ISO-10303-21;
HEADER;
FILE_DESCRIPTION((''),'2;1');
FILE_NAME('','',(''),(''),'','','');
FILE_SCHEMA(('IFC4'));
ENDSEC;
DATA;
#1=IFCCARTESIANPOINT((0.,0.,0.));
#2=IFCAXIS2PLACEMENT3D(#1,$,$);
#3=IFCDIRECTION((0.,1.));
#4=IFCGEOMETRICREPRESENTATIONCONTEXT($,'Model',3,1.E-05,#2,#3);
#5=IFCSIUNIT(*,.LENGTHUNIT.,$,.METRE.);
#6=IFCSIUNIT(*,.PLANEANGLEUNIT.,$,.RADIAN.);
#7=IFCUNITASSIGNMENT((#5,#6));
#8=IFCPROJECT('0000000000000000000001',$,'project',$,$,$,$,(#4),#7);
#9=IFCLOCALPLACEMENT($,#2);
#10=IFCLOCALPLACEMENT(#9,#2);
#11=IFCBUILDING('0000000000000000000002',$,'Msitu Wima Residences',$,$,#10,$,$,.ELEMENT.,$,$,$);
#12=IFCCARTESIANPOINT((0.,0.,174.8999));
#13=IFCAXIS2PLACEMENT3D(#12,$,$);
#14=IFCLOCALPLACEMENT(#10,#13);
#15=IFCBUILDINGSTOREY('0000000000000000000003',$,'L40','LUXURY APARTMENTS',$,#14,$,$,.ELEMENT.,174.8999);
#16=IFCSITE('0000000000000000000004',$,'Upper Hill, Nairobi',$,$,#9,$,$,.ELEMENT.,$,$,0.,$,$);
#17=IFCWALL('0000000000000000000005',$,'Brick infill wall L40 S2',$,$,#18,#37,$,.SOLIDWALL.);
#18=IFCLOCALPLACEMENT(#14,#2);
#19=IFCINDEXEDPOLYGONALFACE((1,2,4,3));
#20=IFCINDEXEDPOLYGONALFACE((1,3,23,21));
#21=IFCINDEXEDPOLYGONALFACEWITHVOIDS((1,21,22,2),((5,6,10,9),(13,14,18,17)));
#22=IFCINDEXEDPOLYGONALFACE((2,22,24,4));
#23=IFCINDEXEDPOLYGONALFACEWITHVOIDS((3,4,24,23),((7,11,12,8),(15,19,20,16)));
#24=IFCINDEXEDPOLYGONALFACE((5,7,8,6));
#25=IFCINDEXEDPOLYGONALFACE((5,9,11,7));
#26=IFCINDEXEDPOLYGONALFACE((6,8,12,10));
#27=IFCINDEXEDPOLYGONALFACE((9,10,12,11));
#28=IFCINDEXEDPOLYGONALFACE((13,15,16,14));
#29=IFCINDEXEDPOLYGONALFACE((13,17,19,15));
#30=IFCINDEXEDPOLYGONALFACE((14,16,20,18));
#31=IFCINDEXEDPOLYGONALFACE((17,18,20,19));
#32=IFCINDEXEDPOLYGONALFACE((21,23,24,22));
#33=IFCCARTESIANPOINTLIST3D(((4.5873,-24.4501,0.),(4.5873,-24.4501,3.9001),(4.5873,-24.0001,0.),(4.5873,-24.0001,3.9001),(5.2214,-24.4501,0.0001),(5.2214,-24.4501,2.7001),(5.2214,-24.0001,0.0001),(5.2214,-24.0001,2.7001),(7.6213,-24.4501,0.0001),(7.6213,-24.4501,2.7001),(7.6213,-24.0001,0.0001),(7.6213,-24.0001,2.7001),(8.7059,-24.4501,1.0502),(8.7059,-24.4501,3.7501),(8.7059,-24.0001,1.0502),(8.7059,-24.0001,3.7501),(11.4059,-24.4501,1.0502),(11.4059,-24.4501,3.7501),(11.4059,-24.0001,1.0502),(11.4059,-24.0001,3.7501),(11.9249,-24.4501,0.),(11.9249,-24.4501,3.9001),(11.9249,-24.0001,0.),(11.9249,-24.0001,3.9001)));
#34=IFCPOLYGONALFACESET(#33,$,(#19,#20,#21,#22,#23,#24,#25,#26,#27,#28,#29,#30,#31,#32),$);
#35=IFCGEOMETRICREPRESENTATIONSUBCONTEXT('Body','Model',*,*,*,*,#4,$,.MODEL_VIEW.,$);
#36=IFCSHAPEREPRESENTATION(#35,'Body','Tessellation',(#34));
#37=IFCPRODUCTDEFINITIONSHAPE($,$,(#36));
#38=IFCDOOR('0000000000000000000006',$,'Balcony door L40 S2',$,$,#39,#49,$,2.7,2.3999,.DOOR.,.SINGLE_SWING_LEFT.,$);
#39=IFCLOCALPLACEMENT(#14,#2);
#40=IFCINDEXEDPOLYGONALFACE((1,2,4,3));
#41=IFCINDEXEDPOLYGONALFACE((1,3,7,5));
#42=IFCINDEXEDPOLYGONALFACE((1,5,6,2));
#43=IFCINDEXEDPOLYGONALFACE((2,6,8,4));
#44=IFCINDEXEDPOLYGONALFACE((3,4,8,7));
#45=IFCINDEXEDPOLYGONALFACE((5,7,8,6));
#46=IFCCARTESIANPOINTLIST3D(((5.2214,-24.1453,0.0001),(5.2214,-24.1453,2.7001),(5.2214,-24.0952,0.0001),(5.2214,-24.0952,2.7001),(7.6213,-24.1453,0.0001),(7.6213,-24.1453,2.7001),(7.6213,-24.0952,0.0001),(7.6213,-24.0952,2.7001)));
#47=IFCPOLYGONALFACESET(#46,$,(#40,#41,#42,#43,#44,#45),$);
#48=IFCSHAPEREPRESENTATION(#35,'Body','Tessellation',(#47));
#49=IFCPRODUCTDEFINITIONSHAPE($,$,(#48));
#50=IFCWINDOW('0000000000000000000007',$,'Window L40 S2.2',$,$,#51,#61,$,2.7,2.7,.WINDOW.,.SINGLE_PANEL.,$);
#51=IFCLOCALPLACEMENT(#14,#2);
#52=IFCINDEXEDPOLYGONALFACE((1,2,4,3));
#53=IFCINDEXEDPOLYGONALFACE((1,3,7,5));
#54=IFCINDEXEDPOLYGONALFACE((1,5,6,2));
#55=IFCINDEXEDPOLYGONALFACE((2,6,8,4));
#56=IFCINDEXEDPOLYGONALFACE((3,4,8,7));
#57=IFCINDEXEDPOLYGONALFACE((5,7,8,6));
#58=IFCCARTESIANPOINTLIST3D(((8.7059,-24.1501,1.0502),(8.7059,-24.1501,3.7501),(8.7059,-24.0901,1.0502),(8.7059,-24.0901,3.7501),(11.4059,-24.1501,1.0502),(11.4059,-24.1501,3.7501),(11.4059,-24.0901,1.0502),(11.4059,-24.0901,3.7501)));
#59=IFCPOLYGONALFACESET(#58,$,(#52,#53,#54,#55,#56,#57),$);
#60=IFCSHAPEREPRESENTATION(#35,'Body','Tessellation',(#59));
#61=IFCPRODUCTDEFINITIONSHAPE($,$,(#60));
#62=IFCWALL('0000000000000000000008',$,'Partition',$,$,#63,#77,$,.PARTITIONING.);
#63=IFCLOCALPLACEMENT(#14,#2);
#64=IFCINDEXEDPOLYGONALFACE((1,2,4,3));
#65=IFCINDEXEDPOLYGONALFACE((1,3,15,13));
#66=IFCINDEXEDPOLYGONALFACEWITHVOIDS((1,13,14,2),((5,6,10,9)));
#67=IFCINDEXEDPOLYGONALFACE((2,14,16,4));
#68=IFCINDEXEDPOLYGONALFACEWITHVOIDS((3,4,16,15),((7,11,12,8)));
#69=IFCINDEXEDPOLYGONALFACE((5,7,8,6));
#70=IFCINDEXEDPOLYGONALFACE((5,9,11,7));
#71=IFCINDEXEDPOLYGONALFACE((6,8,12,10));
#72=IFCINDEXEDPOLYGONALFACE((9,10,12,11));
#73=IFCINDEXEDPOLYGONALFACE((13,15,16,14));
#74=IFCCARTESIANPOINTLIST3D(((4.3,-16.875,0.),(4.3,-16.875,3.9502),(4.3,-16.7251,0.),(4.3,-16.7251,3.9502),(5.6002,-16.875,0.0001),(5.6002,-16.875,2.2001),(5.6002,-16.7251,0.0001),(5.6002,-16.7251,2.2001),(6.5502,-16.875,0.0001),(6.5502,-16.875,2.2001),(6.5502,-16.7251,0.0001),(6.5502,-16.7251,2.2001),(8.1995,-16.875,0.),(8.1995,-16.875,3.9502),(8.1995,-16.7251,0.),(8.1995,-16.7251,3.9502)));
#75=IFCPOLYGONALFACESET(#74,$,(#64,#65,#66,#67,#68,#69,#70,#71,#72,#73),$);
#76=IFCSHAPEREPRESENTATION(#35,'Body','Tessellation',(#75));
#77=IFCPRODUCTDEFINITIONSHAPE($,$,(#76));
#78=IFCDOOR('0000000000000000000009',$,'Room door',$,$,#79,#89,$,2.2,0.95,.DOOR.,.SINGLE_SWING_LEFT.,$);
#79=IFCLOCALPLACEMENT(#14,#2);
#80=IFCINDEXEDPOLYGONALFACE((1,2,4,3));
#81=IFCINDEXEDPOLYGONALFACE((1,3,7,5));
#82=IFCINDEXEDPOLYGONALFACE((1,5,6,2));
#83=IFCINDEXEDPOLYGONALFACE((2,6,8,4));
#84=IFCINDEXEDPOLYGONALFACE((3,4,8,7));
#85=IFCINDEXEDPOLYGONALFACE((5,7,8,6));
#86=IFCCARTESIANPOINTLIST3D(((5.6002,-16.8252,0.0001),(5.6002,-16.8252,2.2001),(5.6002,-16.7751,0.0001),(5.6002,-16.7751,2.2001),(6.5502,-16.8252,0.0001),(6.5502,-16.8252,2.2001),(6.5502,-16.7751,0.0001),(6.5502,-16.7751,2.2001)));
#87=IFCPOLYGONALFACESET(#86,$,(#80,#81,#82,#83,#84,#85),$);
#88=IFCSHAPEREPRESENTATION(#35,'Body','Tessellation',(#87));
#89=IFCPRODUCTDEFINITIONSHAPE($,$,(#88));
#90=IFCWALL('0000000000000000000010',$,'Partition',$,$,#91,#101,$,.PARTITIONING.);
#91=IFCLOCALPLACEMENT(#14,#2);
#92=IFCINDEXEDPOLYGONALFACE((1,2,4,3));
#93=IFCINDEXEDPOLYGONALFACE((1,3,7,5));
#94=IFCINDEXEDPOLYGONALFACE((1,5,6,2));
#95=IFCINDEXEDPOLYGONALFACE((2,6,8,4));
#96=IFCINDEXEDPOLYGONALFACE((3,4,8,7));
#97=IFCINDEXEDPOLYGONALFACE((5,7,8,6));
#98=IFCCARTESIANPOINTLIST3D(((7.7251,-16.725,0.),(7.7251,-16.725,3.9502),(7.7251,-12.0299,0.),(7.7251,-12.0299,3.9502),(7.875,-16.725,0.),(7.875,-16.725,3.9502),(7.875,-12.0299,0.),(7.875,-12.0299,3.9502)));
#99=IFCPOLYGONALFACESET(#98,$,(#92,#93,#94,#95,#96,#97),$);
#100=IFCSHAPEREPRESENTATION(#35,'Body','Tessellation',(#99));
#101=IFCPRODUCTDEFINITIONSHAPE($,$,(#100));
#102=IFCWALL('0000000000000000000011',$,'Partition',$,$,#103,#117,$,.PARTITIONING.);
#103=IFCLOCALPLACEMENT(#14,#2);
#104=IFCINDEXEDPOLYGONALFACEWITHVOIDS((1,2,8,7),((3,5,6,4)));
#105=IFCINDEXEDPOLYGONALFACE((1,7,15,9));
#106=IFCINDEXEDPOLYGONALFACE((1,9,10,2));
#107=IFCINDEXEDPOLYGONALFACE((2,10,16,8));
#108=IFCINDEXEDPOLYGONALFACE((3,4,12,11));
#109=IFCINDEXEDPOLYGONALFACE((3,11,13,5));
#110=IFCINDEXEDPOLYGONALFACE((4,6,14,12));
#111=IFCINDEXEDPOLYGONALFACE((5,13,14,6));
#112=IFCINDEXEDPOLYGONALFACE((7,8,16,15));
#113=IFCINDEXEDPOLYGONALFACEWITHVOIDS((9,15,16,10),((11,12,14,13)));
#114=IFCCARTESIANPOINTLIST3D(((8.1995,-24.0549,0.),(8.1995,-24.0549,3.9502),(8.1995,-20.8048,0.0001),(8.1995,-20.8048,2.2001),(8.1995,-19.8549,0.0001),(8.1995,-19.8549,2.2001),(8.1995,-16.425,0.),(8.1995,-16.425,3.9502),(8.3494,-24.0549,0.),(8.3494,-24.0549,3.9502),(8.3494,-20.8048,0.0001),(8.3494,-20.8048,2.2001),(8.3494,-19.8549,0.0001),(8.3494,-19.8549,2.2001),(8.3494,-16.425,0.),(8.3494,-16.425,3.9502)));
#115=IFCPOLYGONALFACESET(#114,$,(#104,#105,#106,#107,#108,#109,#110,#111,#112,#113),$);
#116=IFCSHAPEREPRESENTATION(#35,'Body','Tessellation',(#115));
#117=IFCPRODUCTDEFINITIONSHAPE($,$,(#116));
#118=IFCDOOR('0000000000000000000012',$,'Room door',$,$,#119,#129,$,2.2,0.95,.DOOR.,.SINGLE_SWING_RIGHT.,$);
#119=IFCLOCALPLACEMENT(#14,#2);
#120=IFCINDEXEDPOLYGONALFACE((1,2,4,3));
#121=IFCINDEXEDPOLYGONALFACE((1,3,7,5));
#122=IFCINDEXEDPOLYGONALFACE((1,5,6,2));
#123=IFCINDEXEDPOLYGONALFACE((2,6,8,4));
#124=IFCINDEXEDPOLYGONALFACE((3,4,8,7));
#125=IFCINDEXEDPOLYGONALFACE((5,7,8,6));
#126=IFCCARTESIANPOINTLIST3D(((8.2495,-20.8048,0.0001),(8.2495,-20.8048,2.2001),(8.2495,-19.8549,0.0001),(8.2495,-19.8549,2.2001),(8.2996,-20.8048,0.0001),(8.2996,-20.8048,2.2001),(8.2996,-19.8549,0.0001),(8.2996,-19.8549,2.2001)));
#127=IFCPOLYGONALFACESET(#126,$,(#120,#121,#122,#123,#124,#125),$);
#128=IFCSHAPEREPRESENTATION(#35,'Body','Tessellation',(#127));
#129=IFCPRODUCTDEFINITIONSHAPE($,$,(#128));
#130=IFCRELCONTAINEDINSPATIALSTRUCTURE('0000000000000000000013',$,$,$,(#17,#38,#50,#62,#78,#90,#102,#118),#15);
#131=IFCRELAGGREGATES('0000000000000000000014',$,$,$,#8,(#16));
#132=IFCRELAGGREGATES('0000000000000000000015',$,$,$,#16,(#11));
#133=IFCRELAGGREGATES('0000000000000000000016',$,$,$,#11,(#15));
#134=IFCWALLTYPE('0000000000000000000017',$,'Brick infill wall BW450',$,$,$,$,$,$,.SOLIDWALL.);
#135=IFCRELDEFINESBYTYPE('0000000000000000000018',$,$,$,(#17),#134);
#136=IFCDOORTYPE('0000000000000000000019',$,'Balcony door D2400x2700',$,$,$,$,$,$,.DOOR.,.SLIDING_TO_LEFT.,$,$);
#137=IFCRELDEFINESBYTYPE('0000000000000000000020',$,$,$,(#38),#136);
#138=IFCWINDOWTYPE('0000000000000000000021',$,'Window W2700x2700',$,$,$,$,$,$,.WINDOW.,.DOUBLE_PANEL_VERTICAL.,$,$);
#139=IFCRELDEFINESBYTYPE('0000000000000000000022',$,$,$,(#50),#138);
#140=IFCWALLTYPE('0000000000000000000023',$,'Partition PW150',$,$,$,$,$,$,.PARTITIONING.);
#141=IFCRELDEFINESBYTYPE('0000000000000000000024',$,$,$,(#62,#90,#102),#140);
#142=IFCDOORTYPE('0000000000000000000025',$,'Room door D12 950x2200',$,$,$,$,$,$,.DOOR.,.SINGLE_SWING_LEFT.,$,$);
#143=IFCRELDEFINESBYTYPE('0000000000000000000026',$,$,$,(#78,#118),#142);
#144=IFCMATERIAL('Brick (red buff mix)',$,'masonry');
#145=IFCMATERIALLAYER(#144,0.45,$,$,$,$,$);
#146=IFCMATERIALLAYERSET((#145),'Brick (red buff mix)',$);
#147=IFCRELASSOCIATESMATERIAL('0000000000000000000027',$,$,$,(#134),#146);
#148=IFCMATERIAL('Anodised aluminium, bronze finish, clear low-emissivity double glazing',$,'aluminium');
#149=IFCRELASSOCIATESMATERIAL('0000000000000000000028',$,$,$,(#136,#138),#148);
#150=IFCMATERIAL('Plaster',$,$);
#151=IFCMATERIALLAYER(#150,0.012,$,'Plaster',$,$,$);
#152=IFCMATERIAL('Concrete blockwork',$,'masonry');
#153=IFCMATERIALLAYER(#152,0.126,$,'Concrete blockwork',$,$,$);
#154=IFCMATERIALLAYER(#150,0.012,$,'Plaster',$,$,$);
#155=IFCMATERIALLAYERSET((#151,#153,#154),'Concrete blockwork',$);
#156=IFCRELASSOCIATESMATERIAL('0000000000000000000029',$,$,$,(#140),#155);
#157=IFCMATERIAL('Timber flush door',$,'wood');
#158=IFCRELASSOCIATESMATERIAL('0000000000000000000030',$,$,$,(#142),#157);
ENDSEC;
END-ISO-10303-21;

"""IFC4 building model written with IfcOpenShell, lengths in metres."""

from ifc_helpers import new_model, si_unit, direction, frame, frame_2d, origin, place, context, subcontext, project, spatial, rectangle, extrude, material, layer, layer_set, type_object, element, fill, save


model = new_model("IFC4")

# Units and contexts
model_context = context("Model", 3, precision=1e-05, world=origin(), true_north=direction((0.0, 1.0)))
body_context = subcontext(model_context, "Body", "Model", "MODEL_VIEW")
ifc_project = project(units=[si_unit("LENGTHUNIT", "METRE"), si_unit("PLANEANGLEUNIT", "RADIAN")], contexts=[model_context])

# Site, building, storey
site_placement = place(None, origin())
site = spatial("IfcSite", under=ifc_project, at=site_placement, Name="Upper Hill, Nairobi", CompositionType="ELEMENT", RefElevation=0.0)
building_placement = place(site_placement, origin())
building = spatial("IfcBuilding", under=site, at=building_placement, Name="Msitu Wima Residences", CompositionType="ELEMENT")
storey_placement = place(building_placement, frame((0.0, 0.0, 174.8999)))
storey = spatial("IfcBuildingStorey", under=building, at=storey_placement, Name="L40", Description="LUXURY APARTMENTS", CompositionType="ELEMENT", Elevation=174.8999)

# Wall, openings, door, window
ifc_material_1 = material(Name="Brick (red buff mix)", Category="masonry")
ifc_layer_1 = layer(ifc_material_1, 0.45)
ifc_layer_set_1 = layer_set([ifc_layer_1], Name="Brick (red buff mix)")
wall_type_1 = type_object("IfcWallType", Name="Brick infill wall BW450", PredefinedType="SOLIDWALL", material=ifc_layer_set_1)
wall_1_placement = place(storey_placement, frame((4.5872, -24.2251, 0.0), z_axis=(0.0, 0.0, 1.0), x_axis=(1.0, 0.0, 0.0)))
wall_1 = element("IfcWall", 1, at=wall_1_placement, inside=storey, type_object=wall_type_1, Name="Brick infill wall L40 S2", PredefinedType="SOLIDWALL", context=body_context, shape_type="SweptSolid", body=[
    extrude(rectangle(XDim=7.3376, YDim=0.45, at=frame_2d((3.6689, 0.0))), origin(), (0.0, 0.0, 1.0), 3.9001),
])
opening_1_placement = place(wall_1_placement, frame((0.6343, 0.0, 0.0)))
opening_1 = element("IfcOpeningElement", 2, at=opening_1_placement, cuts=wall_1, PredefinedType="OPENING", context=body_context, shape_type="SweptSolid", body=[
    extrude(rectangle(XDim=2.3999, YDim=2.7, at=frame_2d((1.2, 1.3501))), frame((0.0, 0.2349, 0.0), z_axis=(0.0, -1.0, 0.0), x_axis=(1.0, 0.0, 0.0)), (0.0, 0.0, 1.0), 0.47),
])
opening_2_placement = place(wall_1_placement, frame((4.1187, 0.0, 1.05)))
opening_2 = element("IfcOpeningElement", 3, at=opening_2_placement, cuts=wall_1, PredefinedType="OPENING", context=body_context, shape_type="SweptSolid", body=[
    extrude(rectangle(XDim=2.7, YDim=2.7, at=frame_2d((1.3501, 1.3501))), frame((0.0, 0.2349, 0.0), z_axis=(0.0, -1.0, 0.0), x_axis=(1.0, 0.0, 0.0)), (0.0, 0.0, 1.0), 0.47),
])
ifc_material_2 = material(Name="Anodised aluminium, bronze finish, clear low-emissivity double glazing", Category="aluminium")
door_type_1 = type_object("IfcDoorType", Name="Balcony door D2400x2700", OperationType="SLIDING_TO_LEFT", PredefinedType="DOOR", material=ifc_material_2)
door_1_placement = place(opening_1_placement, origin())
door_1 = element("IfcDoor", 4, at=door_1_placement, inside=storey, type_object=door_type_1, Name="Balcony door L40 S2", OperationType="SINGLE_SWING_LEFT", OverallHeight=2.7, OverallWidth=2.3999, PredefinedType="DOOR", context=body_context, shape_type="SweptSolid", body=[
    extrude(rectangle(XDim=2.3999, YDim=2.7, at=frame_2d((1.2, 1.3501))), frame((0.0, 0.1299, 0.0), z_axis=(0.0, -1.0, 0.0), x_axis=(1.0, 0.0, 0.0)), (0.0, 0.0, 1.0), 0.05),
])
fill(opening_1, door_1)
window_type = type_object("IfcWindowType", Name="Window W2700x2700", PartitioningType="DOUBLE_PANEL_VERTICAL", PredefinedType="WINDOW", material=ifc_material_2)
window_placement = place(opening_2_placement, origin())
window = element("IfcWindow", 5, at=window_placement, inside=storey, type_object=window_type, Name="Window L40 S2.2", OverallHeight=2.7, OverallWidth=2.7, PartitioningType="SINGLE_PANEL", PredefinedType="WINDOW", context=body_context, shape_type="SweptSolid", body=[
    extrude(rectangle(XDim=2.7, YDim=2.7, at=frame_2d((1.3501, 1.3501))), frame((0.0, 0.135, 0.0), z_axis=(0.0, -1.0, 0.0), x_axis=(1.0, 0.0, 0.0)), (0.0, 0.0, 1.0), 0.0601),
])
fill(opening_2, window)

# Wall, opening, door
ifc_material_3 = material(Name="Plaster")
ifc_layer_2 = layer(ifc_material_3, 0.012, Name="Plaster")
ifc_material_4 = material(Name="Concrete blockwork", Category="masonry")
ifc_layer_3 = layer(ifc_material_4, 0.126, Name="Concrete blockwork")
ifc_layer_4 = layer(ifc_material_3, 0.012, Name="Plaster")
ifc_layer_set_2 = layer_set([ifc_layer_2, ifc_layer_3, ifc_layer_4], Name="Concrete blockwork")
wall_type_2 = type_object("IfcWallType", Name="Partition PW150", PredefinedType="PARTITIONING", material=ifc_layer_set_2)
wall_2_placement = place(storey_placement, frame((4.3, -16.8, 0.0), z_axis=(0.0, 0.0, 1.0), x_axis=(1.0, 0.0, 0.0)))
wall_2 = element("IfcWall", 6, at=wall_2_placement, inside=storey, type_object=wall_type_2, Name="Partition", PredefinedType="PARTITIONING", context=body_context, shape_type="SweptSolid", body=[
    extrude(rectangle(XDim=3.8994, YDim=0.1499, at=frame_2d((1.9497, 0.0))), origin(), (0.0, 0.0, 1.0), 3.9502),
])
opening_3_placement = place(wall_2_placement, frame((1.3, 0.0, 0.0)))
opening_3 = element("IfcOpeningElement", 7, at=opening_3_placement, cuts=wall_2, PredefinedType="OPENING", context=body_context, shape_type="SweptSolid", body=[
    extrude(rectangle(XDim=0.95, YDim=2.2, at=frame_2d((0.4751, 1.1001))), frame((0.0, 0.085, 0.0), z_axis=(0.0, -1.0, 0.0), x_axis=(1.0, 0.0, 0.0)), (0.0, 0.0, 1.0), 0.1699),
])
ifc_material_5 = material(Name="Timber flush door", Category="wood")
door_type_2 = type_object("IfcDoorType", Name="Room door D12 950x2200", OperationType="SINGLE_SWING_LEFT", PredefinedType="DOOR", material=ifc_material_5)
door_2_placement = place(opening_3_placement, origin())
door_2 = element("IfcDoor", 8, at=door_2_placement, inside=storey, type_object=door_type_2, Name="Room door", OperationType="SINGLE_SWING_LEFT", OverallHeight=2.2, OverallWidth=0.95, PredefinedType="DOOR", context=body_context, shape_type="SweptSolid", body=[
    extrude(rectangle(XDim=0.95, YDim=2.2, at=frame_2d((0.4751, 1.1001))), frame((0.0, 0.0249, 0.0), z_axis=(0.0, -1.0, 0.0), x_axis=(1.0, 0.0, 0.0)), (0.0, 0.0, 1.0), 0.05),
])
fill(opening_3, door_2)

# Wall
wall_3_placement = place(storey_placement, frame((7.8, -16.7251, 0.0), z_axis=(0.0, 0.0, 1.0), x_axis=(0.0, 1.0, 0.0)))
element("IfcWall", 9, at=wall_3_placement, inside=storey, type_object=wall_type_2, Name="Partition", PredefinedType="PARTITIONING", context=body_context, shape_type="SweptSolid", body=[
    extrude(rectangle(XDim=4.6951, YDim=0.1499, at=frame_2d((2.3477, 0.0))), origin(), (0.0, 0.0, 1.0), 3.9502),
])

# Wall, opening, door
wall_4_placement = place(storey_placement, frame((8.2744, -24.0549, 0.0), z_axis=(0.0, 0.0, 1.0), x_axis=(0.0, 1.0, 0.0)))
wall_4 = element("IfcWall", 10, at=wall_4_placement, inside=storey, type_object=wall_type_2, Name="Partition", PredefinedType="PARTITIONING", context=body_context, shape_type="SweptSolid", body=[
    extrude(rectangle(XDim=7.6299, YDim=0.1499, at=frame_2d((3.8149, 0.0))), origin(), (0.0, 0.0, 1.0), 3.9502),
])
opening_4_placement = place(wall_4_placement, frame((3.25, 0.0, 0.0)))
opening_4 = element("IfcOpeningElement", 11, at=opening_4_placement, cuts=wall_4, PredefinedType="OPENING", context=body_context, shape_type="SweptSolid", body=[
    extrude(rectangle(XDim=0.95, YDim=2.2, at=frame_2d((0.4751, 1.1001))), frame((0.0, 0.085, 0.0), z_axis=(0.0, -1.0, 0.0), x_axis=(1.0, 0.0, 0.0)), (0.0, 0.0, 1.0), 0.1699),
])
door_3_placement = place(opening_4_placement, origin())
door_3 = element("IfcDoor", 12, at=door_3_placement, inside=storey, type_object=door_type_2, Name="Room door", OperationType="SINGLE_SWING_RIGHT", OverallHeight=2.2, OverallWidth=0.95, PredefinedType="DOOR", context=body_context, shape_type="SweptSolid", body=[
    extrude(rectangle(XDim=0.95, YDim=2.2, at=frame_2d((0.4751, 1.1001))), frame((0.0, 0.0249, 0.0), z_axis=(0.0, -1.0, 0.0), x_axis=(1.0, 0.0, 0.0)), (0.0, 0.0, 1.0), 0.05),
])
fill(opening_4, door_3)

save(model, "model.ifc")
